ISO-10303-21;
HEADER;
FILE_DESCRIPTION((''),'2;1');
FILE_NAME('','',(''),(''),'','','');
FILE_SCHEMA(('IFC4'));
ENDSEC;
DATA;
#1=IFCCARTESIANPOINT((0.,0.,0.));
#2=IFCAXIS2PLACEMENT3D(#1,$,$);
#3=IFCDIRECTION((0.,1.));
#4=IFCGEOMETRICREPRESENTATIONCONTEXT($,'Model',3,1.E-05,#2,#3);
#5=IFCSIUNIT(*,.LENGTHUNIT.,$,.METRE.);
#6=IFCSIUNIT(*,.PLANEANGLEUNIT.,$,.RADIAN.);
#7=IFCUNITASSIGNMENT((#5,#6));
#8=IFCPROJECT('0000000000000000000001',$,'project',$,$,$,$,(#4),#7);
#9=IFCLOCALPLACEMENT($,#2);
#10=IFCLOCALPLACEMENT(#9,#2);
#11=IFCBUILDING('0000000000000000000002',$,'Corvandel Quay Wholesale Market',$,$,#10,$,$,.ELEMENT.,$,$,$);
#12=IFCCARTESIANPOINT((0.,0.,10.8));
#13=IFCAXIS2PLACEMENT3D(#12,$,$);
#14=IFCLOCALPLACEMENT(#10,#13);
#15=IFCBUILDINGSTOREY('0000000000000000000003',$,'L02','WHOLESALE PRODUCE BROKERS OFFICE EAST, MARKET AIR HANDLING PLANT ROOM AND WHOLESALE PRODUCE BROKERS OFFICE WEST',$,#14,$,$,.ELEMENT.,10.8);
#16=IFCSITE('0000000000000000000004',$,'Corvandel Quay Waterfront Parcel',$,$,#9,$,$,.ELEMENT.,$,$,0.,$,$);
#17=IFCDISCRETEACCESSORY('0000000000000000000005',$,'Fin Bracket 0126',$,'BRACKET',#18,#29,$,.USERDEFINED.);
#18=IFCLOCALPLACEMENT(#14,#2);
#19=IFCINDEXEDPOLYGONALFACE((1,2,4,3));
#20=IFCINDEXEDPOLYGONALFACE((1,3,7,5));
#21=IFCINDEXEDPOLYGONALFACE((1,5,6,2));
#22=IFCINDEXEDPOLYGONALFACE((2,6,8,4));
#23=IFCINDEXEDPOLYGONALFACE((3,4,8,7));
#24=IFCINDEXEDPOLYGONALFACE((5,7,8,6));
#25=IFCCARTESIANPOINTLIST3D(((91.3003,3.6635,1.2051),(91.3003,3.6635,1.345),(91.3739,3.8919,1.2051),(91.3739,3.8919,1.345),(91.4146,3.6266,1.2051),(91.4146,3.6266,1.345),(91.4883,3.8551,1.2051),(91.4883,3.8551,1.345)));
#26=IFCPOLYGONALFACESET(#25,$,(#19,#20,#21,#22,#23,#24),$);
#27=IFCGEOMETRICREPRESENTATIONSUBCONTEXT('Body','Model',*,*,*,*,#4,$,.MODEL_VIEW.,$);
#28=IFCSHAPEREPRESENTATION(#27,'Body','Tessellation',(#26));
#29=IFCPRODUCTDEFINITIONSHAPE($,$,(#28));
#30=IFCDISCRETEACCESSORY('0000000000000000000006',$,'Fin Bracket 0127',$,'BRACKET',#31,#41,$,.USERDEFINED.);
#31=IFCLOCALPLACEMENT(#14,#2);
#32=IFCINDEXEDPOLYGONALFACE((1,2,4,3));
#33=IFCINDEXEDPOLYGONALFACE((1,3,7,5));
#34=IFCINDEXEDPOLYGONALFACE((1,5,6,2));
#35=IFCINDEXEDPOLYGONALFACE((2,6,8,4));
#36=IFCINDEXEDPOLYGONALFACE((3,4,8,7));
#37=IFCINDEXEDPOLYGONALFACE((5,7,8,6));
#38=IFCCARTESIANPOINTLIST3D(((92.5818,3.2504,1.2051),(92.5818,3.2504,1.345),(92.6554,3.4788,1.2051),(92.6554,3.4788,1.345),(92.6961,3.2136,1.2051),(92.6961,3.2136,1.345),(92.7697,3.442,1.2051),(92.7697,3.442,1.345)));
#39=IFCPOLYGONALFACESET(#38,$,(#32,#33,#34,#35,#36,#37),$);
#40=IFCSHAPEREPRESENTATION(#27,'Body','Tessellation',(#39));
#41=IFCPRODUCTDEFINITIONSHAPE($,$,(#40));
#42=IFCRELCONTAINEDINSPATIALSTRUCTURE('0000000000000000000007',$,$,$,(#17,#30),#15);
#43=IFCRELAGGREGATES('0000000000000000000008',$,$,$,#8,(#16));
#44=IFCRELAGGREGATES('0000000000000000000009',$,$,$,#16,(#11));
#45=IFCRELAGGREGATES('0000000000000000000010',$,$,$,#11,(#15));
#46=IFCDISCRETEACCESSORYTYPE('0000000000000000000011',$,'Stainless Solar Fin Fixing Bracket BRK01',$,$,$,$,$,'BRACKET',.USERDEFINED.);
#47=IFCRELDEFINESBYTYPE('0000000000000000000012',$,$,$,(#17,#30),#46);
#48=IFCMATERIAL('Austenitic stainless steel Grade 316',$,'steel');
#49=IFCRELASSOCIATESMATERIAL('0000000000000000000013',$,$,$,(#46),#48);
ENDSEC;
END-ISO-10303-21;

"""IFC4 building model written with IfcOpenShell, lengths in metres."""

from ifc_helpers import new_model, si_unit, direction, frame, origin, origin_2d, place, context, subcontext, project, spatial, rectangle, extrude, material, type_object, element, save


model = new_model("IFC4")

# Units and contexts
model_context = context("Model", 3, precision=1e-05, world=origin(), true_north=direction((0.0, 1.0)))
body_context = subcontext(model_context, "Body", "Model", "MODEL_VIEW")
ifc_project = project(units=[si_unit("LENGTHUNIT", "METRE"), si_unit("PLANEANGLEUNIT", "RADIAN")], contexts=[model_context])

# Site, building, storey
site_placement = place(None, origin())
site = spatial("IfcSite", under=ifc_project, at=site_placement, Name="Corvandel Quay Waterfront Parcel", CompositionType="ELEMENT", RefElevation=0.0)
building_placement = place(site_placement, origin())
building = spatial("IfcBuilding", under=site, at=building_placement, Name="Corvandel Quay Wholesale Market", CompositionType="ELEMENT")
storey_placement = place(building_placement, frame((0.0, 0.0, 10.8)))
storey = spatial("IfcBuildingStorey", under=building, at=storey_placement, Name="L02", Description="WHOLESALE PRODUCE BROKERS OFFICE EAST, MARKET AIR HANDLING PLANT ROOM AND WHOLESALE PRODUCE BROKERS OFFICE WEST", CompositionType="ELEMENT", Elevation=10.8)

# Discrete accessories
ifc_material_1 = material(Name="Austenitic stainless steel Grade 316", Category="steel")
discrete_accessory_type = type_object("IfcDiscreteAccessoryType", Name="Stainless Solar Fin Fixing Bracket BRK01", ElementType="BRACKET", PredefinedType="USERDEFINED", material=ifc_material_1)
for number, where, z_axis, x_axis, name in (
    (1, (91.3943, 3.7593, 1.2051), (0.0, 0.0, 1.0), (0.306692, 0.951809, 0.0), "Fin Bracket 0126"),
    (2, (92.6758, 3.3462, 1.2051), (0.0, 0.0, 1.0), (0.306692, 0.951809, 0.0), "Fin Bracket 0127"),
):
    element("IfcDiscreteAccessory", number, at=place(storey_placement, frame(where, z_axis=z_axis, x_axis=x_axis)), inside=storey, type_object=discrete_accessory_type, Name=name, ObjectType="BRACKET", PredefinedType="USERDEFINED", context=body_context, shape_type="SweptSolid", body=[
        extrude(rectangle(XDim=0.24, YDim=0.1201, at=origin_2d()), origin(), (0.0, 0.0, 1.0), 0.1399),
    ])

save(model, "model.ifc")
